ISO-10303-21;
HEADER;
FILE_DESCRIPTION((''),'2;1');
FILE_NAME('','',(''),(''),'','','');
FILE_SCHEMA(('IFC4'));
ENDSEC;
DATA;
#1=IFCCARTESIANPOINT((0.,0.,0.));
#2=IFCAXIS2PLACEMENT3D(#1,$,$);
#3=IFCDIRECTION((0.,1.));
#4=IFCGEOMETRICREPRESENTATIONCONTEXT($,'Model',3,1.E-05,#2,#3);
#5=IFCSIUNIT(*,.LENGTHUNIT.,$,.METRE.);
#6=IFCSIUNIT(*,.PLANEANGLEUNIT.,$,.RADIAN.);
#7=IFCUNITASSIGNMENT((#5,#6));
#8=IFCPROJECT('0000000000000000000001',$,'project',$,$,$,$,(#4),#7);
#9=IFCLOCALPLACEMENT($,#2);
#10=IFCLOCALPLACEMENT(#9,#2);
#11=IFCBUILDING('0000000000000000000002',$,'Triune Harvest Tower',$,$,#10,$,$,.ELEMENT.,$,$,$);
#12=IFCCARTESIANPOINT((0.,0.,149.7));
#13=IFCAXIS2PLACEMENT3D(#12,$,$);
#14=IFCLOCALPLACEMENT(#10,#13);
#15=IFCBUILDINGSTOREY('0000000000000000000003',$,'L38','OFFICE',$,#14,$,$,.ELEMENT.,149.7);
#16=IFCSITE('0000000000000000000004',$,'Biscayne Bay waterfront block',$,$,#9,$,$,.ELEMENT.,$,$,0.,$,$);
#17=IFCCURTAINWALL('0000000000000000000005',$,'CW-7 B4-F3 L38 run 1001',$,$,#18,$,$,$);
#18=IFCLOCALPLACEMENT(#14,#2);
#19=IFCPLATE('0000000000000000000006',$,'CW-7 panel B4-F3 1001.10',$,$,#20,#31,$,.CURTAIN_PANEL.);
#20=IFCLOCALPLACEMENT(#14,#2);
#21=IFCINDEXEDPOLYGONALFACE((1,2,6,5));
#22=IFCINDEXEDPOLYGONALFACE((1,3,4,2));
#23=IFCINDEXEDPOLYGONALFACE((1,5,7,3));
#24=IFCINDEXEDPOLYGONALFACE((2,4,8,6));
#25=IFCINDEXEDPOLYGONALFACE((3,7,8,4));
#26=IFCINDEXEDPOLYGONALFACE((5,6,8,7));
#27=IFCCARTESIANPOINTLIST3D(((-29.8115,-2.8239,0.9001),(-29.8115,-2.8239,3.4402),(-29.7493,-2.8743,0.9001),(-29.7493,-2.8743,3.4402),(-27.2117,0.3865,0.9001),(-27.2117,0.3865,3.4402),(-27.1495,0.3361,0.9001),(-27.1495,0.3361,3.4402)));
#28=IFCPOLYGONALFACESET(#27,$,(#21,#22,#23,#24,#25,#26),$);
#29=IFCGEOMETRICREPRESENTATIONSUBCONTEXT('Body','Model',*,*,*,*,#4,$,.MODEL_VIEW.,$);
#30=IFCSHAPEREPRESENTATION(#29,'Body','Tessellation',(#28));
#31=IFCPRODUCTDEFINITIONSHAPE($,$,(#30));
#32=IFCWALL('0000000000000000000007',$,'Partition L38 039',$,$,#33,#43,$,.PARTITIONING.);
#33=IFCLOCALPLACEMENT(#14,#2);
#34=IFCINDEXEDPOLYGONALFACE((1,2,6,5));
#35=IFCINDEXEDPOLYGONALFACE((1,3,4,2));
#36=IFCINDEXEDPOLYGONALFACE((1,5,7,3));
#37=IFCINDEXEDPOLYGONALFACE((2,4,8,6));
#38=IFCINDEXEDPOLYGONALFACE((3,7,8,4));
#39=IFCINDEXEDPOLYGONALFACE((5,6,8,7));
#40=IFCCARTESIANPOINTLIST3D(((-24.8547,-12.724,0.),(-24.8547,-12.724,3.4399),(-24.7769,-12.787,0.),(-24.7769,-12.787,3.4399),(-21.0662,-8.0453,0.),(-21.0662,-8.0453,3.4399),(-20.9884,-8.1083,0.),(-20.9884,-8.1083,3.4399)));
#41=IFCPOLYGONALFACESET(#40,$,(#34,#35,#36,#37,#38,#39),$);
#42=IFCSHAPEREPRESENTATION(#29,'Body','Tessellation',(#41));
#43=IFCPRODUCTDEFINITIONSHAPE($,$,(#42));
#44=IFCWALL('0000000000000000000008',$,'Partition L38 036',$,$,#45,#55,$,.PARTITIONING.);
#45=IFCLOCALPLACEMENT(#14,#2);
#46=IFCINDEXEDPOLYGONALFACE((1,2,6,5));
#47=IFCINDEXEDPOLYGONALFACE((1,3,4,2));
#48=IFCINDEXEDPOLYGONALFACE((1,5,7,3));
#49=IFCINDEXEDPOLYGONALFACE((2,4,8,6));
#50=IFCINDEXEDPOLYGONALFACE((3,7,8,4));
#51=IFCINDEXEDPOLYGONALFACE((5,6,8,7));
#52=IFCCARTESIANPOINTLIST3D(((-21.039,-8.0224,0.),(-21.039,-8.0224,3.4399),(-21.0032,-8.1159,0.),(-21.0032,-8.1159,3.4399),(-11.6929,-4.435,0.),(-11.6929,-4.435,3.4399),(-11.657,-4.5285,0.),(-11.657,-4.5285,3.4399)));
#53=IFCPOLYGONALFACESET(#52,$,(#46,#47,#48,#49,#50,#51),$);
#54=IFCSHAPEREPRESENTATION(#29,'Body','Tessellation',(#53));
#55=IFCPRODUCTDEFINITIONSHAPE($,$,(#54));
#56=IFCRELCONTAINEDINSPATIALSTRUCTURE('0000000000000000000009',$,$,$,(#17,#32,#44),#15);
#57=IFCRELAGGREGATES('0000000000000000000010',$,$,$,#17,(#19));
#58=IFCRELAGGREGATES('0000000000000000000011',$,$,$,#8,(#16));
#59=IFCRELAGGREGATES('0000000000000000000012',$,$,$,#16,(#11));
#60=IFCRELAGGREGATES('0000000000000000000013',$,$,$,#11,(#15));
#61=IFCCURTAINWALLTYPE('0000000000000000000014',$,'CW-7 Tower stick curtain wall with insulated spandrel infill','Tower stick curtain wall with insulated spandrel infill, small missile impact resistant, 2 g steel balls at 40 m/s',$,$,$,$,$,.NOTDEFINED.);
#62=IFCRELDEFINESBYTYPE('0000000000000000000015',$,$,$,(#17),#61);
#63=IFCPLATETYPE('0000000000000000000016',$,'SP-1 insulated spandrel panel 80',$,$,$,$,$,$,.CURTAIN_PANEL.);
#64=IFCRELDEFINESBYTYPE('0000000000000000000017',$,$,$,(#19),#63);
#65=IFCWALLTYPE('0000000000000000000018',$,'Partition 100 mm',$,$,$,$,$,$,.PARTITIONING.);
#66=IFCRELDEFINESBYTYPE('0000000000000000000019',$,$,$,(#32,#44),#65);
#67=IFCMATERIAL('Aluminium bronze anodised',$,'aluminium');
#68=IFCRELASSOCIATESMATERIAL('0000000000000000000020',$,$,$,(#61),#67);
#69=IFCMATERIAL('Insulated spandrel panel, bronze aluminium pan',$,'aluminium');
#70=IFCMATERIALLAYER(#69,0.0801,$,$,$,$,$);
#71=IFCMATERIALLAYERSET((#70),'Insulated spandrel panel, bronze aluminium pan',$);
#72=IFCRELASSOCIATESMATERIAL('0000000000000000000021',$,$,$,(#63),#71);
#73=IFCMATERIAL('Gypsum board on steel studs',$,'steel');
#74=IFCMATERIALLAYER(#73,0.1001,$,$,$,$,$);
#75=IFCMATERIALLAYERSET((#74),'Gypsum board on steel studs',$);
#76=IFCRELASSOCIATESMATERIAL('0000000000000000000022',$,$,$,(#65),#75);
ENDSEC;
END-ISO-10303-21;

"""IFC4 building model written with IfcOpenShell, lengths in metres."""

from ifc_helpers import new_model, si_unit, direction, frame, frame_2d, origin, origin_2d, place, context, subcontext, project, spatial, rectangle, extrude, source, transform, mapped, material, layer, layer_set, type_object, element, aggregate, save


model = new_model("IFC4")

# Units and contexts
model_context = context("Model", 3, precision=1e-05, world=origin(), true_north=direction((0.0, 1.0)))
body_context = subcontext(model_context, "Body", "Model", "MODEL_VIEW")
ifc_project = project(units=[si_unit("LENGTHUNIT", "METRE"), si_unit("PLANEANGLEUNIT", "RADIAN")], contexts=[model_context])

# Site, building, storey
site_placement = place(None, origin())
site = spatial("IfcSite", under=ifc_project, at=site_placement, Name="Biscayne Bay waterfront block", CompositionType="ELEMENT", RefElevation=0.0)
building_placement = place(site_placement, origin())
building = spatial("IfcBuilding", under=site, at=building_placement, Name="Triune Harvest Tower", CompositionType="ELEMENT")
storey_placement = place(building_placement, frame((0.0, 0.0, 149.7)))
storey = spatial("IfcBuildingStorey", under=building, at=storey_placement, Name="L38", Description="OFFICE", CompositionType="ELEMENT", Elevation=149.7)

# Curtain wall
ifc_material_1 = material(Name="Aluminium bronze anodised", Category="aluminium")
curtain_wall_type_1 = type_object("IfcCurtainWallType", Name="CW-7 Tower stick curtain wall with insulated spandrel infill", Description="Tower stick curtain wall with insulated spandrel infill, small missile impact resistant, 2 g steel balls at 40 m/s", PredefinedType="NOTDEFINED", material=ifc_material_1)
curtain_wall_1_placement = place(storey_placement, origin())
curtain_wall_1 = element("IfcCurtainWall", 1, at=curtain_wall_1_placement, inside=storey, type_object=curtain_wall_type_1, Name="CW-7 B4-F3 L38 run 1001")

# Plate
ifc_material_2 = material(Name="Insulated spandrel panel, bronze aluminium pan", Category="aluminium")
ifc_layer_1 = layer(ifc_material_2, 0.0801)
ifc_layer_set_1 = layer_set([ifc_layer_1], Name="Insulated spandrel panel, bronze aluminium pan")
plate_type_1 = type_object("IfcPlateType", Name="SP-1 insulated spandrel panel 80", PredefinedType="CURTAIN_PANEL", material=ifc_layer_set_1)
shared_shape_1 = source(origin(), body_context, "Body", "SweptSolid", [
    extrude(rectangle(XDim=4.1311, YDim=0.0801, at=origin_2d()), origin(), (0.0, 0.0, 1.0), 2.54),
])
plate_1_placement = place(storey_placement, frame((-28.4805, -1.2439, 0.9001), z_axis=(0.0, 0.0, 1.0), x_axis=(-0.629322, -0.777144, 0.0)))
plate_1 = element("IfcPlate", 2, at=plate_1_placement, type_object=plate_type_1, Name="CW-7 panel B4-F3 1001.10", PredefinedType="CURTAIN_PANEL", context=body_context, shape_type="MappedRepresentation", body=[
    mapped(shared_shape_1, transform((0.0, 0.0, 0.0), scale=1.0)),
])
aggregate(curtain_wall_1, [plate_1])

# Walls
ifc_material_3 = material(Name="Gypsum board on steel studs", Category="steel")
ifc_layer_2 = layer(ifc_material_3, 0.1001)
ifc_layer_set_2 = layer_set([ifc_layer_2], Name="Gypsum board on steel studs")
wall_type = type_object("IfcWallType", Name="Partition 100 mm", PredefinedType="PARTITIONING", material=ifc_layer_set_2)
wall_1_placement = place(storey_placement, frame((-24.8159, -12.7556, 0.0), z_axis=(0.0, 0.0, 1.0), x_axis=(0.629303, 0.77716, 0.0)))
element("IfcWall", 3, at=wall_1_placement, inside=storey, type_object=wall_type, Name="Partition L38 039", PredefinedType="PARTITIONING", context=body_context, shape_type="SweptSolid", body=[
    extrude(rectangle(XDim=6.0203, YDim=0.1001, at=frame_2d((3.0103, 0.0))), origin(), (0.0, 0.0, 1.0), 3.4399),
])
shared_shape_2 = source(origin(), body_context, "Body", "SweptSolid", [
    extrude(rectangle(XDim=10.011, YDim=0.1001, at=frame_2d((5.0054, 0.0))), origin(), (0.0, 0.0, 1.0), 3.4399),
])
wall_2_placement = place(storey_placement, frame((-21.021, -8.0691, 0.0), z_axis=(0.0, 0.0, 1.0), x_axis=(0.933589, 0.358345, 0.0)))
element("IfcWall", 4, at=wall_2_placement, inside=storey, type_object=wall_type, Name="Partition L38 036", PredefinedType="PARTITIONING", context=body_context, shape_type="MappedRepresentation", body=[
    mapped(shared_shape_2, transform((0.0, 0.0, 0.0), scale=1.0)),
])

save(model, "model.ifc")
